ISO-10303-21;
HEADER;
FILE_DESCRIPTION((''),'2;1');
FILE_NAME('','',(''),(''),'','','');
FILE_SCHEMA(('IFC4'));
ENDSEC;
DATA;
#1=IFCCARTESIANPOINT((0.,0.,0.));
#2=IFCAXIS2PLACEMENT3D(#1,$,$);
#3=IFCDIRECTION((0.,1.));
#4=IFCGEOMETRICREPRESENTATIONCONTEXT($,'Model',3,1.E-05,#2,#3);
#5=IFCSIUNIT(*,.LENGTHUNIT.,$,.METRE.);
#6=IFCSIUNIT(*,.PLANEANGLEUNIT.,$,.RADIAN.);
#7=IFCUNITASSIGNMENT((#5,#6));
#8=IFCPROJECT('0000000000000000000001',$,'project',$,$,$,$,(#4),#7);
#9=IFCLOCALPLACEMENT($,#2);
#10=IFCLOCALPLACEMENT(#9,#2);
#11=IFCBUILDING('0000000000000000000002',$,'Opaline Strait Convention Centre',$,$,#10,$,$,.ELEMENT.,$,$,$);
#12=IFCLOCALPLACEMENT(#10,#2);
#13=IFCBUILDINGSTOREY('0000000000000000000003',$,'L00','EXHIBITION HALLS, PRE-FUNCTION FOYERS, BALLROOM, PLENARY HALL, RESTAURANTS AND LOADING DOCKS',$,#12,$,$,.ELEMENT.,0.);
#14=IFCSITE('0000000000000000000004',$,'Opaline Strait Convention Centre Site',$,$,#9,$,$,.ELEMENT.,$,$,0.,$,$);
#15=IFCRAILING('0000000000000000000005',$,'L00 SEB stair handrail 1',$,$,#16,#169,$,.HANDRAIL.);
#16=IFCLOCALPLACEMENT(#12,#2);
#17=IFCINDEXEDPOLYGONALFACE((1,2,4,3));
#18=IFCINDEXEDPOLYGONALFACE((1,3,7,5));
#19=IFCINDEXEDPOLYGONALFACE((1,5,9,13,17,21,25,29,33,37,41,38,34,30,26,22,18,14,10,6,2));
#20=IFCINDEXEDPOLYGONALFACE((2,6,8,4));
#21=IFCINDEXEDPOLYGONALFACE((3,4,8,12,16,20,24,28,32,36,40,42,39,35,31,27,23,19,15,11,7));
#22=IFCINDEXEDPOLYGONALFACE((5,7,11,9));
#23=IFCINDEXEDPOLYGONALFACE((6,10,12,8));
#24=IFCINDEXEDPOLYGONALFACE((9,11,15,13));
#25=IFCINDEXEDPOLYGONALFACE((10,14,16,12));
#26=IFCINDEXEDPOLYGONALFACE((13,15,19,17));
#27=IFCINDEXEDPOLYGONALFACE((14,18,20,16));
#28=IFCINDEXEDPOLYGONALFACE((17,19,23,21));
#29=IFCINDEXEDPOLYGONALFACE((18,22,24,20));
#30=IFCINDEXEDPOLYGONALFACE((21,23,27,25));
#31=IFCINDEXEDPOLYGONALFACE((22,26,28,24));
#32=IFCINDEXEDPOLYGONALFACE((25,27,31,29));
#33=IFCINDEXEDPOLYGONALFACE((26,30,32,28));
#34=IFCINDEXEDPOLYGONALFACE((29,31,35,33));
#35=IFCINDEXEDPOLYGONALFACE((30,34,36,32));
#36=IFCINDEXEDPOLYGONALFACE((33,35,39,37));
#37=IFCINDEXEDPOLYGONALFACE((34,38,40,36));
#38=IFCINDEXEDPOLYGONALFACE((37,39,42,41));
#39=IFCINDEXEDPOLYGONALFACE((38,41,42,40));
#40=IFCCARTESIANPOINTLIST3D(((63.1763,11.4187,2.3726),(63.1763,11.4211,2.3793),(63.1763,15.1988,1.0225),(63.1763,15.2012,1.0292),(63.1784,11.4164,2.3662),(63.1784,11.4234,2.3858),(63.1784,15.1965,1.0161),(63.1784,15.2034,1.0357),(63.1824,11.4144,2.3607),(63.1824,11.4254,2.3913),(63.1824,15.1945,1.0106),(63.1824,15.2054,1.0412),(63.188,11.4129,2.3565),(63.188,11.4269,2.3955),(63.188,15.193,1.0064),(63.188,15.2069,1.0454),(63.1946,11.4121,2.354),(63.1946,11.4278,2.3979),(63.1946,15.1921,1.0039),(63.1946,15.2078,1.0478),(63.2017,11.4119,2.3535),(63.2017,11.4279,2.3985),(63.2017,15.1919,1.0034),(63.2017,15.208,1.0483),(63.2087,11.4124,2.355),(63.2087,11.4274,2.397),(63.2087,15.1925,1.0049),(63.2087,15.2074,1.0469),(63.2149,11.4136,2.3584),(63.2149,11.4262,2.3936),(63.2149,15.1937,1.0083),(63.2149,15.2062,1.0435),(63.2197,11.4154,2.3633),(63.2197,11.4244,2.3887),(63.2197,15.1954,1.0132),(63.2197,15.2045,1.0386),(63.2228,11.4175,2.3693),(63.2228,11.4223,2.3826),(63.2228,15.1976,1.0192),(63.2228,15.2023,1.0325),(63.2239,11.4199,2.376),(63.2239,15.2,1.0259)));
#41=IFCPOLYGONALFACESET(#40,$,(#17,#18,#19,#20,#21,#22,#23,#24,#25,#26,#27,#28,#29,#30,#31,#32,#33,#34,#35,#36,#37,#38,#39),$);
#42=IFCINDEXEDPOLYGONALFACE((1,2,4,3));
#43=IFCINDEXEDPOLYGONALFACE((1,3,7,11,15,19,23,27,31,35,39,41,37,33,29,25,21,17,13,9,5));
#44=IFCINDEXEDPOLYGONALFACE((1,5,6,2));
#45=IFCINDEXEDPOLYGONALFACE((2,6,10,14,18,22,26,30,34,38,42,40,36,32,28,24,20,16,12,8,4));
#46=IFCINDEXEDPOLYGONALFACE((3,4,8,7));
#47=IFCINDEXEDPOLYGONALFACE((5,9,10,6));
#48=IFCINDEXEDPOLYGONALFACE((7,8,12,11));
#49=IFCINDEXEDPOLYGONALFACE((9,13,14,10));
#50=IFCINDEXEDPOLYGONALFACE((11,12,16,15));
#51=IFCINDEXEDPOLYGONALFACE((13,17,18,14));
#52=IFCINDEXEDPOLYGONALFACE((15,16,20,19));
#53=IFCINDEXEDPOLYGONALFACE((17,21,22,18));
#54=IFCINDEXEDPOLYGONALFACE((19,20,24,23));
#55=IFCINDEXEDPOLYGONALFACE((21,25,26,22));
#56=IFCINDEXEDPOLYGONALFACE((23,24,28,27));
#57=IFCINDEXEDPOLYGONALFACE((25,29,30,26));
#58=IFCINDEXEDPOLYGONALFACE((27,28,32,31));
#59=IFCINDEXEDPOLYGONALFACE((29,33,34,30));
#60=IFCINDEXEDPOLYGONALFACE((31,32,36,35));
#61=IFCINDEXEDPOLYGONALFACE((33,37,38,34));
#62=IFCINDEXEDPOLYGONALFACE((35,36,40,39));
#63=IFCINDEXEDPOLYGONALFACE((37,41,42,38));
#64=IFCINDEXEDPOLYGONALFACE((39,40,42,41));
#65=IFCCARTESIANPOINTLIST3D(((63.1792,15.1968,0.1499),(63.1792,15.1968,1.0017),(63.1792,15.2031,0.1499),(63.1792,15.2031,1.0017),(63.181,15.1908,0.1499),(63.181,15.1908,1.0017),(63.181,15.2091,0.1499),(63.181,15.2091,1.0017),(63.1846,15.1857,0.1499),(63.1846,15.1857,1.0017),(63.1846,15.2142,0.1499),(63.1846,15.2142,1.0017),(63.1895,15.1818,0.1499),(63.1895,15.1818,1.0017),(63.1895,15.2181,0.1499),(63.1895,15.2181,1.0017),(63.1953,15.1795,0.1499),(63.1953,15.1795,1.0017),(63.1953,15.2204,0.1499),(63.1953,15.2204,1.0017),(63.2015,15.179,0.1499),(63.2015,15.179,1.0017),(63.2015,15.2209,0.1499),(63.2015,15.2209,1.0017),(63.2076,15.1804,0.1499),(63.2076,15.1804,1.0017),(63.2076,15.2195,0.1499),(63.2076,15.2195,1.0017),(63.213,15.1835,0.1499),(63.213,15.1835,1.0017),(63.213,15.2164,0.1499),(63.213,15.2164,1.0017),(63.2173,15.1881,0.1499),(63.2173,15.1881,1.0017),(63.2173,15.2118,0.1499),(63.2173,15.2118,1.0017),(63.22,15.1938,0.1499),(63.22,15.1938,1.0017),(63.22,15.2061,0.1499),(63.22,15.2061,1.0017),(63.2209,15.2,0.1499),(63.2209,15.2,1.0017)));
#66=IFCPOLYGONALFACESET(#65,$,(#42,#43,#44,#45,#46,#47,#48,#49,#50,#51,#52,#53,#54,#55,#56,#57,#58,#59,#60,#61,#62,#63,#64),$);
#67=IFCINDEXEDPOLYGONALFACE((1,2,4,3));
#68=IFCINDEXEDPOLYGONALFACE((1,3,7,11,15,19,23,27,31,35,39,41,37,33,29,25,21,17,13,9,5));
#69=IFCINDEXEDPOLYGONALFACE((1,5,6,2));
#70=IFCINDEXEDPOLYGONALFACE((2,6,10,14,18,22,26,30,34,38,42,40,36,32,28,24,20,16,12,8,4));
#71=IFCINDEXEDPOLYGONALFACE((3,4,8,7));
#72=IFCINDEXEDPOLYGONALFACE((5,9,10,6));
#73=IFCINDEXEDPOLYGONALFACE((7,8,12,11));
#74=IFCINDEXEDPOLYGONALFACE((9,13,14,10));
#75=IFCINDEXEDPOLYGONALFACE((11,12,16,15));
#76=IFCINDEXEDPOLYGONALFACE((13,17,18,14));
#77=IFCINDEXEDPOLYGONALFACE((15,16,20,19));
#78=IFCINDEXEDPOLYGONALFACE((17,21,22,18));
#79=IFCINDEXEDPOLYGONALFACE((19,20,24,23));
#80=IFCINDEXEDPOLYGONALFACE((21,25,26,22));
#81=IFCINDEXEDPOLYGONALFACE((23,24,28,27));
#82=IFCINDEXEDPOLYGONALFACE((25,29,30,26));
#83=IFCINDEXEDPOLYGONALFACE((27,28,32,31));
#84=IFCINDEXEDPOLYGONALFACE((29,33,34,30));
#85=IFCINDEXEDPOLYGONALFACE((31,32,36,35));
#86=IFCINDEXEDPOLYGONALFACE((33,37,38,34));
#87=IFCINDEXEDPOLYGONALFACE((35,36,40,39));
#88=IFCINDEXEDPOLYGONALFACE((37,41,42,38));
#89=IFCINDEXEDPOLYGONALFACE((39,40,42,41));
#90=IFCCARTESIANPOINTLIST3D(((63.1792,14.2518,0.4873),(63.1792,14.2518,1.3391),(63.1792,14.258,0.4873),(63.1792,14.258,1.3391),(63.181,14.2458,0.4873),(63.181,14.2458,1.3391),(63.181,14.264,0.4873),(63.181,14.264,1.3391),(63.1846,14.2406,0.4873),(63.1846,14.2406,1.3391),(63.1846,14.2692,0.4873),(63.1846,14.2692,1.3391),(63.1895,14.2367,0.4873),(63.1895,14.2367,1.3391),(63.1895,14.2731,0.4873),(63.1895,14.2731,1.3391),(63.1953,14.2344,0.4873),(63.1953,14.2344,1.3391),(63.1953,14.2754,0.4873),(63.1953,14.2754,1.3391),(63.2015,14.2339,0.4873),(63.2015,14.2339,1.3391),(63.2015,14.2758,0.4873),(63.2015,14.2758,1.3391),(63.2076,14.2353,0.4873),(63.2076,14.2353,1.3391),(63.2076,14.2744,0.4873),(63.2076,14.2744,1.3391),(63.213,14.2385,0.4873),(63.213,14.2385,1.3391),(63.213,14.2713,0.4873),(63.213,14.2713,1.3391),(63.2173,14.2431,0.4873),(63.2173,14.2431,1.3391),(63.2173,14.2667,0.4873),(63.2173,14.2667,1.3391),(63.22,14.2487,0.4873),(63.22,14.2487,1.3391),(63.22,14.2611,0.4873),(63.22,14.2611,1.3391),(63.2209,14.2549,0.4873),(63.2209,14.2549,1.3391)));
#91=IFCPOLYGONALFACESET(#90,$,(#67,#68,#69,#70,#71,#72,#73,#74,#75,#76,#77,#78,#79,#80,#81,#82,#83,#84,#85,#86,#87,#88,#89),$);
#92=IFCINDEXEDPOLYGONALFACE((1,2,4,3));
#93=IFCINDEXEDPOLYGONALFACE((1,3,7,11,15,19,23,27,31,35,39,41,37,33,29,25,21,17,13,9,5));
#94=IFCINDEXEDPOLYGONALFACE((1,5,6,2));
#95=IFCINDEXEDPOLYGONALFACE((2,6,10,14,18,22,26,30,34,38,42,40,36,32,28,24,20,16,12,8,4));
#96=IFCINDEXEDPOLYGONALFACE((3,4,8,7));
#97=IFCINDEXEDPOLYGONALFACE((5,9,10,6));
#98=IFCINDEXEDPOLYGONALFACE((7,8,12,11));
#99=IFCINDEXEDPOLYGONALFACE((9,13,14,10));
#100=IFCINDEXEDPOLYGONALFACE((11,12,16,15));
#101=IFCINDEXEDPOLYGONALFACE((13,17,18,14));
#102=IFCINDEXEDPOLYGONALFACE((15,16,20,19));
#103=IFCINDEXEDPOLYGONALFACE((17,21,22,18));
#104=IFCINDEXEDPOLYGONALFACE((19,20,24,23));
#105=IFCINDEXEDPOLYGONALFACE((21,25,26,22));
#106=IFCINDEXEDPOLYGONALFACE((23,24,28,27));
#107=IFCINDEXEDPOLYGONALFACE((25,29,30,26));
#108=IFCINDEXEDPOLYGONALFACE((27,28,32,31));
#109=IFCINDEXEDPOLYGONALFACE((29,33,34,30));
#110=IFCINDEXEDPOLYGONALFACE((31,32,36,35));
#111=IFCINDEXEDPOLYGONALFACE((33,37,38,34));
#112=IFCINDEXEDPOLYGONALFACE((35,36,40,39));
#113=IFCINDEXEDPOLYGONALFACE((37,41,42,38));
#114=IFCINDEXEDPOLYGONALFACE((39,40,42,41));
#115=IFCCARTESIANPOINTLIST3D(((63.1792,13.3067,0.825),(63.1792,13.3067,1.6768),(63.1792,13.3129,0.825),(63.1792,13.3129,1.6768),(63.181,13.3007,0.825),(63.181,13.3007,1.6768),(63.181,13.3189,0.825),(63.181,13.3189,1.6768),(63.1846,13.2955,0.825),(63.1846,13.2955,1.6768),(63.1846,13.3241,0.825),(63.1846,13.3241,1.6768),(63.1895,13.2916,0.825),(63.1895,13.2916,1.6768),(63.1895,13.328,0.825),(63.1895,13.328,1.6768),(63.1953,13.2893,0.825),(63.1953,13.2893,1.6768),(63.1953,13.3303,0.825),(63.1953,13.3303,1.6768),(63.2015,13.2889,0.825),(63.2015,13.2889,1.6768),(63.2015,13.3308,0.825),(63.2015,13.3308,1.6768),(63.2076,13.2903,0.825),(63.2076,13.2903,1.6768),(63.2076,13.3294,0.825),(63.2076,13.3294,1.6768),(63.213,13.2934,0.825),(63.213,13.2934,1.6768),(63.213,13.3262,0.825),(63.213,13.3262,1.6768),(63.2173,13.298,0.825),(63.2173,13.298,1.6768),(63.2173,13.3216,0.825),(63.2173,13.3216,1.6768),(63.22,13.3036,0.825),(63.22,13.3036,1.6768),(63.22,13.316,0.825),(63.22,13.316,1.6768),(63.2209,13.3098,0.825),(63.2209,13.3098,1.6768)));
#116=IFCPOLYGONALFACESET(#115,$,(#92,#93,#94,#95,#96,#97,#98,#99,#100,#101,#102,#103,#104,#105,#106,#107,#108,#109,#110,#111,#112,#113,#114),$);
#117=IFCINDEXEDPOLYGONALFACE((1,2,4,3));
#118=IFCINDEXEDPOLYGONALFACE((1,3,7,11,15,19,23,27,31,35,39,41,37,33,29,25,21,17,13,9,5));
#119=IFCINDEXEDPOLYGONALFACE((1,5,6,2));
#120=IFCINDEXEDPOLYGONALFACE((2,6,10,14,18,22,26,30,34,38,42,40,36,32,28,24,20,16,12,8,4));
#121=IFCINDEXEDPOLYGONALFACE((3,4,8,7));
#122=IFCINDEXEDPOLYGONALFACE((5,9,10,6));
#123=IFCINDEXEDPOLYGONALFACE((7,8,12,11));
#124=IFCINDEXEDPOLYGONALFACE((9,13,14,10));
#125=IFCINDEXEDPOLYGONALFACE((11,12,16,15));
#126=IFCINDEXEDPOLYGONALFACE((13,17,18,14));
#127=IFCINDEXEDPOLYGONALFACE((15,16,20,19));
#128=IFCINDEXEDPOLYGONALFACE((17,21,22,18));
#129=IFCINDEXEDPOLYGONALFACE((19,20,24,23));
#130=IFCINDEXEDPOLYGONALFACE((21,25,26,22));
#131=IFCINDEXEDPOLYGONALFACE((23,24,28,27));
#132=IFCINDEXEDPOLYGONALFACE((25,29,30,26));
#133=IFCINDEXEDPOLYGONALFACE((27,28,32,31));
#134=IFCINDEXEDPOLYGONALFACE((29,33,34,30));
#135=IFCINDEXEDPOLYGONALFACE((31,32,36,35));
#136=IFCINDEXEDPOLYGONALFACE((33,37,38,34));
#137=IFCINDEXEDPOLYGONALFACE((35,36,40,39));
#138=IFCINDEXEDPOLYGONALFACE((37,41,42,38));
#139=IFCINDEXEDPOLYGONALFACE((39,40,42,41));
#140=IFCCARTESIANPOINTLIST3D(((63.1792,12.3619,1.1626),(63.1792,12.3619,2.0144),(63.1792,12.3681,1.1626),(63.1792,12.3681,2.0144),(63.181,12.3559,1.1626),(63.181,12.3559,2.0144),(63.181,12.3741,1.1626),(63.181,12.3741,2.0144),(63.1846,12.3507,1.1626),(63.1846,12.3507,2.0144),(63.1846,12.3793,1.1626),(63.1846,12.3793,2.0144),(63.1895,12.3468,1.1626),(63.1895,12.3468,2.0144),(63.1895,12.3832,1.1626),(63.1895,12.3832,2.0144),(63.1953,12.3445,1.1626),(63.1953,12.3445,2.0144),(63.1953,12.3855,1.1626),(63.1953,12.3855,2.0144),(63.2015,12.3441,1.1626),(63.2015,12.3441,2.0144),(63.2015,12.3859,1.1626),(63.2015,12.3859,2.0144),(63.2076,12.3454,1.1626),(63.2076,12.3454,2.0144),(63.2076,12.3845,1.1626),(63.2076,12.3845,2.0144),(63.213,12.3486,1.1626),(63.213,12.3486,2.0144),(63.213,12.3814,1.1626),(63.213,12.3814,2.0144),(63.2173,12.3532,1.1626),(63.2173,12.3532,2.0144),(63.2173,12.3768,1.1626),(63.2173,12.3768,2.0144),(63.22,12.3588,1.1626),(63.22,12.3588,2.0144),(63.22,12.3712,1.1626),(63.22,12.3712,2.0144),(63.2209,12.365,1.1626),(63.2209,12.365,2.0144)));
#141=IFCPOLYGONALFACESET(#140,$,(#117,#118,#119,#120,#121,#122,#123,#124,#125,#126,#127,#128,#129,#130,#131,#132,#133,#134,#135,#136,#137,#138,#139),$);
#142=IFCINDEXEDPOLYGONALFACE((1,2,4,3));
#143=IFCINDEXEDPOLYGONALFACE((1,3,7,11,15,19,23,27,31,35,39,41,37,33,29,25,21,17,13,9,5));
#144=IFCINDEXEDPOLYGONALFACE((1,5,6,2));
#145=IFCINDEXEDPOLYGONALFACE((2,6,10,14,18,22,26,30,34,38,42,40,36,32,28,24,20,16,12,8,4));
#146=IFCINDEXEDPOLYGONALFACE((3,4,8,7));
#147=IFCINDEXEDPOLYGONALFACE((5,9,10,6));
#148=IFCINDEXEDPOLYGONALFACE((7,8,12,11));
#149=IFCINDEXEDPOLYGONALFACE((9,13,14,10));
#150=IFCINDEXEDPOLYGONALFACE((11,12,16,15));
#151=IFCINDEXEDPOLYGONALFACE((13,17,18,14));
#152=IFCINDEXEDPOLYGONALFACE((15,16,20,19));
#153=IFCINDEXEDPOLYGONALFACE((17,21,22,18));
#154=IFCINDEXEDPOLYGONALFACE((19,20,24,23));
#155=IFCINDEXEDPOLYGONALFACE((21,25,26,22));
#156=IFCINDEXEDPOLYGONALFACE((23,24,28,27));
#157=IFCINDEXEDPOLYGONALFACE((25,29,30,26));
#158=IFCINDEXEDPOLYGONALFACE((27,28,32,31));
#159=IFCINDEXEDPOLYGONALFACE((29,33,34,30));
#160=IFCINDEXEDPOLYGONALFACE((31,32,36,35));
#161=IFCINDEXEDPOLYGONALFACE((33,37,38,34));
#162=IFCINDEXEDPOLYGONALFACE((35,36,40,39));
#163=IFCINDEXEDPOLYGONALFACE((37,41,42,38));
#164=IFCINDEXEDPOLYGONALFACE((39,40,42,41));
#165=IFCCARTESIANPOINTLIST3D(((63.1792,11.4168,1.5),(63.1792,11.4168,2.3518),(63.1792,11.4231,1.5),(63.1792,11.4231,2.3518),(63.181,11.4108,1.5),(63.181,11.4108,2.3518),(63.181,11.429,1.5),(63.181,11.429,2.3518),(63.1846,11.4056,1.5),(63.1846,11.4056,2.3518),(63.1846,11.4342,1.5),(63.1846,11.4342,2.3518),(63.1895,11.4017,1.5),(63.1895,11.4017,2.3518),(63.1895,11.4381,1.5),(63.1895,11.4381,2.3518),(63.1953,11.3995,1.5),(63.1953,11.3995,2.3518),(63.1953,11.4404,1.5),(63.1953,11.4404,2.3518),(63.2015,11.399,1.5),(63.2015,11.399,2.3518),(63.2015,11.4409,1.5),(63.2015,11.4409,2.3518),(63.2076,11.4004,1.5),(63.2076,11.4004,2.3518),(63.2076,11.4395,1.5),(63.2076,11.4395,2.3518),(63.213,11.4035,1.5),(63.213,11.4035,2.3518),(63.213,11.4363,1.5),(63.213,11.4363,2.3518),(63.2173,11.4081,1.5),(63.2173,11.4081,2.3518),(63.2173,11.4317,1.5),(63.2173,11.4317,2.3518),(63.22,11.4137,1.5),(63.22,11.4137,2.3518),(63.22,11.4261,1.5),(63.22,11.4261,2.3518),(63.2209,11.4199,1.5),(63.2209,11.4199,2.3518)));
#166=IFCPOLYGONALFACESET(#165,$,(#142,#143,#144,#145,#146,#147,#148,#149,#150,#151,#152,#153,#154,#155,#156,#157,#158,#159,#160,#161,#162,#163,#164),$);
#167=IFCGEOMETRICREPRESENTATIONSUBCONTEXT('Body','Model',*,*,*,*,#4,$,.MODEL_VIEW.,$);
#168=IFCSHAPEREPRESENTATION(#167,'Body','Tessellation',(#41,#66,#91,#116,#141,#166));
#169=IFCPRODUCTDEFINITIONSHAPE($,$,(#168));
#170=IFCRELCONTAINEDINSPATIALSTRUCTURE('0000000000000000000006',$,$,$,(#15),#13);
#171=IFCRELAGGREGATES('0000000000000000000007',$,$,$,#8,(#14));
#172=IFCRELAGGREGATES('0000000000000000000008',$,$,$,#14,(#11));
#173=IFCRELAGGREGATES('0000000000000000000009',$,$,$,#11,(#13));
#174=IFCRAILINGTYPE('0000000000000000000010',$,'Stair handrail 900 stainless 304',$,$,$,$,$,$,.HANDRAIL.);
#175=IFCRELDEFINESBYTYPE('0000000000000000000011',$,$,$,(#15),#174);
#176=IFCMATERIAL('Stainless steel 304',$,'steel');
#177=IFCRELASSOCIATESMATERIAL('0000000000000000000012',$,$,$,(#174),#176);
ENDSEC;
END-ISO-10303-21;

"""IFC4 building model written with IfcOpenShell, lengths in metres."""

from ifc_helpers import new_model, si_unit, direction, frame, origin, origin_2d, place, context, subcontext, project, spatial, circle, extrude, material, type_object, element, save


model = new_model("IFC4")

# Units and contexts
model_context = context("Model", 3, precision=1e-05, world=origin(), true_north=direction((0.0, 1.0)))
body_context = subcontext(model_context, "Body", "Model", "MODEL_VIEW")
ifc_project = project(units=[si_unit("LENGTHUNIT", "METRE"), si_unit("PLANEANGLEUNIT", "RADIAN")], contexts=[model_context])

# Site, building, storey
site_placement = place(None, origin())
site = spatial("IfcSite", under=ifc_project, at=site_placement, Name="Opaline Strait Convention Centre Site", CompositionType="ELEMENT", RefElevation=0.0)
building_placement = place(site_placement, origin())
building = spatial("IfcBuilding", under=site, at=building_placement, Name="Opaline Strait Convention Centre", CompositionType="ELEMENT")
storey_placement = place(building_placement, origin())
storey = spatial("IfcBuildingStorey", under=building, at=storey_placement, Name="L00", Description="EXHIBITION HALLS, PRE-FUNCTION FOYERS, BALLROOM, PLENARY HALL, RESTAURANTS AND LOADING DOCKS", CompositionType="ELEMENT", Elevation=0.0)

# Railing
ifc_material_1 = material(Name="Stainless steel 304", Category="steel")
railing_type_1 = type_object("IfcRailingType", Name="Stair handrail 900 stainless 304", PredefinedType="HANDRAIL", material=ifc_material_1)
railing_1_placement = place(storey_placement, frame((63.2, 15.2, 0.1499)))
element("IfcRailing", 1, at=railing_1_placement, inside=storey, type_object=railing_type_1, Name="L00 SEB stair handrail 1", PredefinedType="HANDRAIL", context=body_context, shape_type="SweptSolid", body=[
    extrude(circle(Radius=0.0239, at=origin_2d()), frame((0.0, 0.0, 0.876), z_axis=(0.0, -0.941735, 0.336356), x_axis=(1.0, 0.0, 0.0)), (0.0, 0.0, 1.0), 4.0139),
    extrude(circle(Radius=0.021, at=origin_2d()), origin(), (0.0, 0.0, 1.0), 0.8518),
    extrude(circle(Radius=0.021, at=origin_2d()), frame((0.0, -0.9451, 0.3374)), (0.0, 0.0, 1.0), 0.8518),
    extrude(circle(Radius=0.021, at=origin_2d()), frame((0.0, -1.8901, 0.675)), (0.0, 0.0, 1.0), 0.8518),
    extrude(circle(Radius=0.021, at=origin_2d()), frame((0.0, -2.835, 1.0127)), (0.0, 0.0, 1.0), 0.8518),
    extrude(circle(Radius=0.021, at=origin_2d()), frame((0.0, -3.78, 1.3501)), (0.0, 0.0, 1.0), 0.8518),
])

save(model, "model.ifc")
